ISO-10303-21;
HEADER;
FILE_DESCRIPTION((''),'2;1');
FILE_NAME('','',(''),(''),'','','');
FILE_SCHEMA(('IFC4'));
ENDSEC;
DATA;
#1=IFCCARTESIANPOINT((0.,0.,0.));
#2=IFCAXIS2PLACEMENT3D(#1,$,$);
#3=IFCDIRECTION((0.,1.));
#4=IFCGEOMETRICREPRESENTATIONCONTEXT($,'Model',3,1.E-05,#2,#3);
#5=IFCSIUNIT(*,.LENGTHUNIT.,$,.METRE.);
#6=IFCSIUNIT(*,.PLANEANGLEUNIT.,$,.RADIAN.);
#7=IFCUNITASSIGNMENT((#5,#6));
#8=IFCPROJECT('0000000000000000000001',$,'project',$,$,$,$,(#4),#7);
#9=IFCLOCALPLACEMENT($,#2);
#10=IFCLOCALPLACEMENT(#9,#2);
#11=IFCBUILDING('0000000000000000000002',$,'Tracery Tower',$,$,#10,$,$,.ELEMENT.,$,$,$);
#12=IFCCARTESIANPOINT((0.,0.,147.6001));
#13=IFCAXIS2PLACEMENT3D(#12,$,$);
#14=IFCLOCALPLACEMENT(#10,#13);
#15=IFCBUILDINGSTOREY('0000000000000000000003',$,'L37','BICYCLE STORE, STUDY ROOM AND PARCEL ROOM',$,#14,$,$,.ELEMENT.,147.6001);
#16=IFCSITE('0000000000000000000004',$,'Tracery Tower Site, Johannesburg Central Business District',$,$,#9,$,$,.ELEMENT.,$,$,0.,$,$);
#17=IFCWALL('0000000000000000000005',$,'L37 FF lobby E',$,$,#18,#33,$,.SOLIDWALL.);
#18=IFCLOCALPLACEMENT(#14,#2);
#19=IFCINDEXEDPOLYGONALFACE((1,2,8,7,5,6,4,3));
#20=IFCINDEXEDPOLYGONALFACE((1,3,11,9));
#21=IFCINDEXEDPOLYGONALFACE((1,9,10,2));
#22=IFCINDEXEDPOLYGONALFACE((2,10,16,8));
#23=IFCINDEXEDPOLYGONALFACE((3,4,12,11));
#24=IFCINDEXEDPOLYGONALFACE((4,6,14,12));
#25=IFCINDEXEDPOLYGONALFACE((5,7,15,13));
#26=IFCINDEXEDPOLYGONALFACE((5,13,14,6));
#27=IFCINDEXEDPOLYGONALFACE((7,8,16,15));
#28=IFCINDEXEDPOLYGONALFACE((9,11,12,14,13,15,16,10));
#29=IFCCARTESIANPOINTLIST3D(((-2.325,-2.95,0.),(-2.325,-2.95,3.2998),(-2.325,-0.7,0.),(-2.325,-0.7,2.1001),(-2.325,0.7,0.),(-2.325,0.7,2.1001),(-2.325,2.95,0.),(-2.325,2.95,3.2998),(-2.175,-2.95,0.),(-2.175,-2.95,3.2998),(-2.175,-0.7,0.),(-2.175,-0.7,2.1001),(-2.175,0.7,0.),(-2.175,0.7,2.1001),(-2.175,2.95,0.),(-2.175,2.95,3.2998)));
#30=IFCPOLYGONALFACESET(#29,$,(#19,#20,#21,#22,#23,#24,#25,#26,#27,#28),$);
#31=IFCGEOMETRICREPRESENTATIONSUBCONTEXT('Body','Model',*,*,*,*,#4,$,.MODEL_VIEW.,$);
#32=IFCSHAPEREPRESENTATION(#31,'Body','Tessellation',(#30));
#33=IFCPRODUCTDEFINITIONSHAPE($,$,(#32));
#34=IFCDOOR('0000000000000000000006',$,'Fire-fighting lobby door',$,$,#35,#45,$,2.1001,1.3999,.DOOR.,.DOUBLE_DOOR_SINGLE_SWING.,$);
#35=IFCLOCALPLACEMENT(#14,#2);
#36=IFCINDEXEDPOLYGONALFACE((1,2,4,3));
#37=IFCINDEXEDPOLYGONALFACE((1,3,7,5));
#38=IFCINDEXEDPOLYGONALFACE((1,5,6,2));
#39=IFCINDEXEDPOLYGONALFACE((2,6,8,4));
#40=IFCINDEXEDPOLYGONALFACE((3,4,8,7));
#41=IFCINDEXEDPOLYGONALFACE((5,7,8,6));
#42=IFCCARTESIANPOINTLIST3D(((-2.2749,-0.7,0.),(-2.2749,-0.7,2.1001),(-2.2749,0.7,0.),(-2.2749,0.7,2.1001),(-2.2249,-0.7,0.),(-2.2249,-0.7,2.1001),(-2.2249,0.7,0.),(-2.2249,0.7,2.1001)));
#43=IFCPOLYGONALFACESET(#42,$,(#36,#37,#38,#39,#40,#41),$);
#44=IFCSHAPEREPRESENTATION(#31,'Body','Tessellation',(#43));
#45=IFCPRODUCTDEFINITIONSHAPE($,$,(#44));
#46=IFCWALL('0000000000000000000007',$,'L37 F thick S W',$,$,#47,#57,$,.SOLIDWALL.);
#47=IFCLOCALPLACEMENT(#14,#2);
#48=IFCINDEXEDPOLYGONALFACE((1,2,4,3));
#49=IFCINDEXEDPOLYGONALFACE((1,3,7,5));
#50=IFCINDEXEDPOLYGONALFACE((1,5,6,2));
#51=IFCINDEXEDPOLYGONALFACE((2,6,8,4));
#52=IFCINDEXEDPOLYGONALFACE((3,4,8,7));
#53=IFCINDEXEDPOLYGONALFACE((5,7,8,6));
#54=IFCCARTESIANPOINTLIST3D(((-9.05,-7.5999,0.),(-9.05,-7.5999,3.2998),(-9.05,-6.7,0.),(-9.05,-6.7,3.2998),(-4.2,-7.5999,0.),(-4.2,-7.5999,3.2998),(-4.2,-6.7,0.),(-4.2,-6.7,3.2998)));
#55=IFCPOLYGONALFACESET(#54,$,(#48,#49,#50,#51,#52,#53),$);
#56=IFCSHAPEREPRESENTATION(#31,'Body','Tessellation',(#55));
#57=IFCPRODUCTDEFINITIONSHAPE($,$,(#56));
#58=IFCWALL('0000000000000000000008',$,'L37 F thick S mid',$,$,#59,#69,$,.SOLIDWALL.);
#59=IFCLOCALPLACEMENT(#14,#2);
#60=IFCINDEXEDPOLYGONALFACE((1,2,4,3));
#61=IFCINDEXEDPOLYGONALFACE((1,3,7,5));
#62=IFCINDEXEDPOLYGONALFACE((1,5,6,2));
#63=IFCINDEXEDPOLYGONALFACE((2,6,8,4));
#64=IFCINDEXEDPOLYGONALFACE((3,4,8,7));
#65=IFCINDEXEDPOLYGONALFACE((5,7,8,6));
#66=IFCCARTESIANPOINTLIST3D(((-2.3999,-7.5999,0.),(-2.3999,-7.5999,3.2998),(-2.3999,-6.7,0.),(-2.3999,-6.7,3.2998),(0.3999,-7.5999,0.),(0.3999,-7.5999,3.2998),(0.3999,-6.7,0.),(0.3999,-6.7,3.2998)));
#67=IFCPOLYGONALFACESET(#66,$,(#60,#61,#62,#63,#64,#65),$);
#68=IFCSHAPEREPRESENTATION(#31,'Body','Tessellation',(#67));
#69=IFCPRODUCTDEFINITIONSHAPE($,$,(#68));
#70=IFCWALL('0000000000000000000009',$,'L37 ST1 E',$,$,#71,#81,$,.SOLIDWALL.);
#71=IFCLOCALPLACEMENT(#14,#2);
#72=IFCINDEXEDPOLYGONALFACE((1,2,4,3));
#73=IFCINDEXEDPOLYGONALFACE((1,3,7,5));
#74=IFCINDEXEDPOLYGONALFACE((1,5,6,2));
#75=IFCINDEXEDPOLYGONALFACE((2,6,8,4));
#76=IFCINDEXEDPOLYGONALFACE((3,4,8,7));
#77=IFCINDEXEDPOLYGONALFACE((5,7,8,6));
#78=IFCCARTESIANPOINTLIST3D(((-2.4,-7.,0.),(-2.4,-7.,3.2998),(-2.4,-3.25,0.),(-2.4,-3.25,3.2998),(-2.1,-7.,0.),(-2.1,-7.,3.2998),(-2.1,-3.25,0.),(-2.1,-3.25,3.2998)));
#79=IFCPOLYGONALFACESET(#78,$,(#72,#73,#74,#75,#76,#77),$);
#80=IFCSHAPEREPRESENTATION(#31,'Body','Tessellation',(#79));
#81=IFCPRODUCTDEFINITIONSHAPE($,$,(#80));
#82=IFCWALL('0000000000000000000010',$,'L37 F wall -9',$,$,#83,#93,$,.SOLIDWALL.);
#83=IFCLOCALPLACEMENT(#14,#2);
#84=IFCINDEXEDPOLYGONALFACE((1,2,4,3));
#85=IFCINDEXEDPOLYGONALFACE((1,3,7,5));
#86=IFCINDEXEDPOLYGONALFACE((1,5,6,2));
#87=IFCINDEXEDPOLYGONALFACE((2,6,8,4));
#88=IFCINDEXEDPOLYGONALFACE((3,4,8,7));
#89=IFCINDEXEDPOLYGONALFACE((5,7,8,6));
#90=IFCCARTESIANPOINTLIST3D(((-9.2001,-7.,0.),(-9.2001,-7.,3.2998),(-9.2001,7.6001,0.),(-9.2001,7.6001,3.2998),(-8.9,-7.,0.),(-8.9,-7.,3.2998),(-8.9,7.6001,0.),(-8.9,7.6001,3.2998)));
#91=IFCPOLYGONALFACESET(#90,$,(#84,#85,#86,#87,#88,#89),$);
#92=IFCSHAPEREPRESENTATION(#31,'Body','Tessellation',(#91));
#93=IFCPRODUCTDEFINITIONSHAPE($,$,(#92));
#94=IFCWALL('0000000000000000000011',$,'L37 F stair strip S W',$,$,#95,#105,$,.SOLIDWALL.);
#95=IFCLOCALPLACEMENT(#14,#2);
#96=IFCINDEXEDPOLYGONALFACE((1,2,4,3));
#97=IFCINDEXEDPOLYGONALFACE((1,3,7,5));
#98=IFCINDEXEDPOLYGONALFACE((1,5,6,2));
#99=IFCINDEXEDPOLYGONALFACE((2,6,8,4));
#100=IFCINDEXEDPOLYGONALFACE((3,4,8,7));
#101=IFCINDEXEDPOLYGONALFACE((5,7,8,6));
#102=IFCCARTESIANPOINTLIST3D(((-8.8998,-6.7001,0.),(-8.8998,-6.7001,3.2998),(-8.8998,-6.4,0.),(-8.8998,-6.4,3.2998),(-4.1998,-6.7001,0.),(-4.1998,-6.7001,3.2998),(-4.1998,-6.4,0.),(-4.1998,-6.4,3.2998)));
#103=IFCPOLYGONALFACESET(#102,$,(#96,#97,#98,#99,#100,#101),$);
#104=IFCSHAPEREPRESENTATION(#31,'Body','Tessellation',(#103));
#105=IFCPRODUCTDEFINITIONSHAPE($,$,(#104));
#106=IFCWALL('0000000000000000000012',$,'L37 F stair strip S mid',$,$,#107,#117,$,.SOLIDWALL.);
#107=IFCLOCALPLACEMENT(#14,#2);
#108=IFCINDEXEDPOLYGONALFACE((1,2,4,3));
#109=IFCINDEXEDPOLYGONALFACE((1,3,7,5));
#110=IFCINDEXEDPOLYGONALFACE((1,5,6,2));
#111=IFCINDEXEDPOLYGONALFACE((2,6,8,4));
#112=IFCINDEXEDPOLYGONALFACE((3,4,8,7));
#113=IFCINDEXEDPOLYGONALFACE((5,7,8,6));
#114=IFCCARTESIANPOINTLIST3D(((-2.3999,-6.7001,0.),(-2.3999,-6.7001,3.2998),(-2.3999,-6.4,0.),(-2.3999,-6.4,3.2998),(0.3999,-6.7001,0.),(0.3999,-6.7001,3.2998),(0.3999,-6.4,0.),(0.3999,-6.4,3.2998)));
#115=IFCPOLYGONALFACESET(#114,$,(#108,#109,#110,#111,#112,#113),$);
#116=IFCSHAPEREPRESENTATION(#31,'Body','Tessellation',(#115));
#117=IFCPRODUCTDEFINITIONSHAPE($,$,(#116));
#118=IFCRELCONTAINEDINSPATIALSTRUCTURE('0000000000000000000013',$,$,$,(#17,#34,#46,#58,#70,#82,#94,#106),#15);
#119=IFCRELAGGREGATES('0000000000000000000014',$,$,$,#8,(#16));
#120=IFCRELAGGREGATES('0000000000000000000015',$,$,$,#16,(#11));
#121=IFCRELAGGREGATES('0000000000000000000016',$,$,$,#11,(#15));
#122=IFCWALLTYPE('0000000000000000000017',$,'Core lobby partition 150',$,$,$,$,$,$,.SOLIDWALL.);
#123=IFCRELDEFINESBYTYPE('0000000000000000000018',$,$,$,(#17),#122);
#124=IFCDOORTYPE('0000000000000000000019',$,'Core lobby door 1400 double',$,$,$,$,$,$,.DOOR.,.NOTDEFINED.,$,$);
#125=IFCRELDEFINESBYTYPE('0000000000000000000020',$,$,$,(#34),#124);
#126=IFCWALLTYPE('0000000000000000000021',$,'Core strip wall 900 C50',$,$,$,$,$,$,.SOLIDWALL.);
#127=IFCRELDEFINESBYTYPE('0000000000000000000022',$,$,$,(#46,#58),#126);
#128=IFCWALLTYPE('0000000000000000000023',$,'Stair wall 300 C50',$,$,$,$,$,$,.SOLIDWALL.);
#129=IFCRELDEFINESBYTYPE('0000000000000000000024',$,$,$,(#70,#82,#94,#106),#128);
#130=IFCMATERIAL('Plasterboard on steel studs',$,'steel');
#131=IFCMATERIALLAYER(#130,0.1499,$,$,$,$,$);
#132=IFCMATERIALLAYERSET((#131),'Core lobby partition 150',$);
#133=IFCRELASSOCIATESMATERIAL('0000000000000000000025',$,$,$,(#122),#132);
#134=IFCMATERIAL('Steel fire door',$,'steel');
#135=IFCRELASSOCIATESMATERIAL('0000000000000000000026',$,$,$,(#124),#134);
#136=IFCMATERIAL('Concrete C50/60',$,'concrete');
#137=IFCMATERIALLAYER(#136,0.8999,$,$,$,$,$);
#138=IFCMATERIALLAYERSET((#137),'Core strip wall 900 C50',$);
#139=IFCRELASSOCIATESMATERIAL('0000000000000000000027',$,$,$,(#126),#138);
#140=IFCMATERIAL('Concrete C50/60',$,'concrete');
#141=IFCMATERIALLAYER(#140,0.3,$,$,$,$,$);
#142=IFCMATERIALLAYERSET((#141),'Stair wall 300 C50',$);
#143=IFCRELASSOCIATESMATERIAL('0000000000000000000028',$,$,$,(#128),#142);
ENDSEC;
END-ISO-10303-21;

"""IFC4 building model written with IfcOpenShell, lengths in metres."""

from ifc_helpers import new_model, si_unit, direction, frame, frame_2d, origin, place, context, subcontext, project, spatial, rectangle, extrude, material, layer, layer_set, type_object, element, fill, save


model = new_model("IFC4")

# Units and contexts
model_context = context("Model", 3, precision=1e-05, world=origin(), true_north=direction((0.0, 1.0)))
body_context = subcontext(model_context, "Body", "Model", "MODEL_VIEW")
ifc_project = project(units=[si_unit("LENGTHUNIT", "METRE"), si_unit("PLANEANGLEUNIT", "RADIAN")], contexts=[model_context])

# Site, building, storey
site_placement = place(None, origin())
site = spatial("IfcSite", under=ifc_project, at=site_placement, Name="Tracery Tower Site, Johannesburg Central Business District", CompositionType="ELEMENT", RefElevation=0.0)
building_placement = place(site_placement, origin())
building = spatial("IfcBuilding", under=site, at=building_placement, Name="Tracery Tower", CompositionType="ELEMENT")
storey_placement = place(building_placement, frame((0.0, 0.0, 147.6001)))
storey = spatial("IfcBuildingStorey", under=building, at=storey_placement, Name="L37", Description="BICYCLE STORE, STUDY ROOM AND PARCEL ROOM", CompositionType="ELEMENT", Elevation=147.6001)

# Wall, opening, door
ifc_material_1 = material(Name="Plasterboard on steel studs", Category="steel")
ifc_layer_1 = layer(ifc_material_1, 0.1499)
ifc_layer_set_1 = layer_set([ifc_layer_1], Name="Core lobby partition 150")
wall_type_1 = type_object("IfcWallType", Name="Core lobby partition 150", PredefinedType="SOLIDWALL", material=ifc_layer_set_1)
wall_1_placement = place(storey_placement, frame((-2.25, -2.95, 0.0), z_axis=(0.0, 0.0, 1.0), x_axis=(0.0, 1.0, 0.0)))
wall_1 = element("IfcWall", 1, at=wall_1_placement, inside=storey, type_object=wall_type_1, Name="L37 FF lobby E", PredefinedType="SOLIDWALL", context=body_context, shape_type="SweptSolid", body=[
    extrude(rectangle(XDim=5.8999, YDim=0.1499, at=frame_2d((2.95, 0.0))), origin(), (0.0, 0.0, 1.0), 3.2998),
])
opening_1_placement = place(wall_1_placement, frame((2.25, 0.0, 0.0)))
opening_1 = element("IfcOpeningElement", 2, at=opening_1_placement, cuts=wall_1, PredefinedType="OPENING", context=body_context, shape_type="SweptSolid", body=[
    extrude(rectangle(XDim=1.3999, YDim=2.1001, at=frame_2d((0.7, 1.05))), frame((0.0, 0.075, 0.0), z_axis=(0.0, -1.0, 0.0), x_axis=(1.0, 0.0, 0.0)), (0.0, 0.0, 1.0), 0.1499),
])
ifc_material_2 = material(Name="Steel fire door", Category="steel")
door_type_1 = type_object("IfcDoorType", Name="Core lobby door 1400 double", OperationType="NOTDEFINED", PredefinedType="DOOR", material=ifc_material_2)
door_1_placement = place(opening_1_placement, origin())
door_1 = element("IfcDoor", 3, at=door_1_placement, inside=storey, type_object=door_type_1, Name="Fire-fighting lobby door", OperationType="DOUBLE_DOOR_SINGLE_SWING", OverallHeight=2.1001, OverallWidth=1.3999, PredefinedType="DOOR", context=body_context, shape_type="SweptSolid", body=[
    extrude(rectangle(XDim=1.3999, YDim=2.1001, at=frame_2d((0.7, 1.05))), frame((0.0, 0.0249, 0.0), z_axis=(0.0, -1.0, 0.0), x_axis=(1.0, 0.0, 0.0)), (0.0, 0.0, 1.0), 0.05),
])
fill(opening_1, door_1)

# Walls
ifc_material_3 = material(Name="Concrete C50/60", Category="concrete")
ifc_layer_2 = layer(ifc_material_3, 0.8999)
ifc_layer_set_2 = layer_set([ifc_layer_2], Name="Core strip wall 900 C50")
wall_type_2 = type_object("IfcWallType", Name="Core strip wall 900 C50", PredefinedType="SOLIDWALL", material=ifc_layer_set_2)
wall_2_placement = place(storey_placement, frame((-9.05, -7.1499, 0.0), z_axis=(0.0, 0.0, 1.0), x_axis=(1.0, 0.0, 0.0)))
element("IfcWall", 4, at=wall_2_placement, inside=storey, type_object=wall_type_2, Name="L37 F thick S W", PredefinedType="SOLIDWALL", context=body_context, shape_type="SweptSolid", body=[
    extrude(rectangle(XDim=4.8501, YDim=0.8999, at=frame_2d((2.425, 0.0))), origin(), (0.0, 0.0, 1.0), 3.2998),
])
wall_3_placement = place(storey_placement, frame((-2.3999, -7.1499, 0.0), z_axis=(0.0, 0.0, 1.0), x_axis=(1.0, 0.0, 0.0)))
element("IfcWall", 5, at=wall_3_placement, inside=storey, type_object=wall_type_2, Name="L37 F thick S mid", PredefinedType="SOLIDWALL", context=body_context, shape_type="SweptSolid", body=[
    extrude(rectangle(XDim=2.7998, YDim=0.8999, at=frame_2d((1.3999, 0.0))), origin(), (0.0, 0.0, 1.0), 3.2998),
])

# Shared definitions
ifc_material_4 = material(Name="Concrete C50/60", Category="concrete")
ifc_layer_3 = layer(ifc_material_4, 0.3)
ifc_layer_set_3 = layer_set([ifc_layer_3], Name="Stair wall 300 C50")
wall_type_3 = type_object("IfcWallType", Name="Stair wall 300 C50", PredefinedType="SOLIDWALL", material=ifc_layer_set_3)

# Walls
wall_4_placement = place(storey_placement, frame((-2.25, -7.0, 0.0), z_axis=(0.0, 0.0, 1.0), x_axis=(0.0, 1.0, 0.0)))
element("IfcWall", 6, at=wall_4_placement, inside=storey, type_object=wall_type_3, Name="L37 ST1 E", PredefinedType="SOLIDWALL", context=body_context, shape_type="SweptSolid", body=[
    extrude(rectangle(XDim=3.75, YDim=0.3, at=frame_2d((1.875, 0.0))), origin(), (0.0, 0.0, 1.0), 3.2998),
])
wall_5_placement = place(storey_placement, frame((-9.05, -7.0, 0.0), z_axis=(0.0, 0.0, 1.0), x_axis=(0.0, 1.0, 0.0)))
element("IfcWall", 7, at=wall_5_placement, inside=storey, type_object=wall_type_3, Name="L37 F wall -9", PredefinedType="SOLIDWALL", context=body_context, shape_type="SweptSolid", body=[
    extrude(rectangle(XDim=14.6001, YDim=0.3, at=frame_2d((7.3, 0.0))), origin(), (0.0, 0.0, 1.0), 3.2998),
])
wall_6_placement = place(storey_placement, frame((-8.8999, -6.55, 0.0), z_axis=(0.0, 0.0, 1.0), x_axis=(1.0, 0.0, 0.0)))
element("IfcWall", 8, at=wall_6_placement, inside=storey, type_object=wall_type_3, Name="L37 F stair strip S W", PredefinedType="SOLIDWALL", context=body_context, shape_type="SweptSolid", body=[
    extrude(rectangle(XDim=4.7, YDim=0.3, at=frame_2d((2.3501, 0.0))), origin(), (0.0, 0.0, 1.0), 3.2998),
])
wall_7_placement = place(storey_placement, frame((-2.3999, -6.55, 0.0), z_axis=(0.0, 0.0, 1.0), x_axis=(1.0, 0.0, 0.0)))
element("IfcWall", 9, at=wall_7_placement, inside=storey, type_object=wall_type_3, Name="L37 F stair strip S mid", PredefinedType="SOLIDWALL", context=body_context, shape_type="SweptSolid", body=[
    extrude(rectangle(XDim=2.7998, YDim=0.3, at=frame_2d((1.3999, 0.0))), origin(), (0.0, 0.0, 1.0), 3.2998),
])

save(model, "model.ifc")
